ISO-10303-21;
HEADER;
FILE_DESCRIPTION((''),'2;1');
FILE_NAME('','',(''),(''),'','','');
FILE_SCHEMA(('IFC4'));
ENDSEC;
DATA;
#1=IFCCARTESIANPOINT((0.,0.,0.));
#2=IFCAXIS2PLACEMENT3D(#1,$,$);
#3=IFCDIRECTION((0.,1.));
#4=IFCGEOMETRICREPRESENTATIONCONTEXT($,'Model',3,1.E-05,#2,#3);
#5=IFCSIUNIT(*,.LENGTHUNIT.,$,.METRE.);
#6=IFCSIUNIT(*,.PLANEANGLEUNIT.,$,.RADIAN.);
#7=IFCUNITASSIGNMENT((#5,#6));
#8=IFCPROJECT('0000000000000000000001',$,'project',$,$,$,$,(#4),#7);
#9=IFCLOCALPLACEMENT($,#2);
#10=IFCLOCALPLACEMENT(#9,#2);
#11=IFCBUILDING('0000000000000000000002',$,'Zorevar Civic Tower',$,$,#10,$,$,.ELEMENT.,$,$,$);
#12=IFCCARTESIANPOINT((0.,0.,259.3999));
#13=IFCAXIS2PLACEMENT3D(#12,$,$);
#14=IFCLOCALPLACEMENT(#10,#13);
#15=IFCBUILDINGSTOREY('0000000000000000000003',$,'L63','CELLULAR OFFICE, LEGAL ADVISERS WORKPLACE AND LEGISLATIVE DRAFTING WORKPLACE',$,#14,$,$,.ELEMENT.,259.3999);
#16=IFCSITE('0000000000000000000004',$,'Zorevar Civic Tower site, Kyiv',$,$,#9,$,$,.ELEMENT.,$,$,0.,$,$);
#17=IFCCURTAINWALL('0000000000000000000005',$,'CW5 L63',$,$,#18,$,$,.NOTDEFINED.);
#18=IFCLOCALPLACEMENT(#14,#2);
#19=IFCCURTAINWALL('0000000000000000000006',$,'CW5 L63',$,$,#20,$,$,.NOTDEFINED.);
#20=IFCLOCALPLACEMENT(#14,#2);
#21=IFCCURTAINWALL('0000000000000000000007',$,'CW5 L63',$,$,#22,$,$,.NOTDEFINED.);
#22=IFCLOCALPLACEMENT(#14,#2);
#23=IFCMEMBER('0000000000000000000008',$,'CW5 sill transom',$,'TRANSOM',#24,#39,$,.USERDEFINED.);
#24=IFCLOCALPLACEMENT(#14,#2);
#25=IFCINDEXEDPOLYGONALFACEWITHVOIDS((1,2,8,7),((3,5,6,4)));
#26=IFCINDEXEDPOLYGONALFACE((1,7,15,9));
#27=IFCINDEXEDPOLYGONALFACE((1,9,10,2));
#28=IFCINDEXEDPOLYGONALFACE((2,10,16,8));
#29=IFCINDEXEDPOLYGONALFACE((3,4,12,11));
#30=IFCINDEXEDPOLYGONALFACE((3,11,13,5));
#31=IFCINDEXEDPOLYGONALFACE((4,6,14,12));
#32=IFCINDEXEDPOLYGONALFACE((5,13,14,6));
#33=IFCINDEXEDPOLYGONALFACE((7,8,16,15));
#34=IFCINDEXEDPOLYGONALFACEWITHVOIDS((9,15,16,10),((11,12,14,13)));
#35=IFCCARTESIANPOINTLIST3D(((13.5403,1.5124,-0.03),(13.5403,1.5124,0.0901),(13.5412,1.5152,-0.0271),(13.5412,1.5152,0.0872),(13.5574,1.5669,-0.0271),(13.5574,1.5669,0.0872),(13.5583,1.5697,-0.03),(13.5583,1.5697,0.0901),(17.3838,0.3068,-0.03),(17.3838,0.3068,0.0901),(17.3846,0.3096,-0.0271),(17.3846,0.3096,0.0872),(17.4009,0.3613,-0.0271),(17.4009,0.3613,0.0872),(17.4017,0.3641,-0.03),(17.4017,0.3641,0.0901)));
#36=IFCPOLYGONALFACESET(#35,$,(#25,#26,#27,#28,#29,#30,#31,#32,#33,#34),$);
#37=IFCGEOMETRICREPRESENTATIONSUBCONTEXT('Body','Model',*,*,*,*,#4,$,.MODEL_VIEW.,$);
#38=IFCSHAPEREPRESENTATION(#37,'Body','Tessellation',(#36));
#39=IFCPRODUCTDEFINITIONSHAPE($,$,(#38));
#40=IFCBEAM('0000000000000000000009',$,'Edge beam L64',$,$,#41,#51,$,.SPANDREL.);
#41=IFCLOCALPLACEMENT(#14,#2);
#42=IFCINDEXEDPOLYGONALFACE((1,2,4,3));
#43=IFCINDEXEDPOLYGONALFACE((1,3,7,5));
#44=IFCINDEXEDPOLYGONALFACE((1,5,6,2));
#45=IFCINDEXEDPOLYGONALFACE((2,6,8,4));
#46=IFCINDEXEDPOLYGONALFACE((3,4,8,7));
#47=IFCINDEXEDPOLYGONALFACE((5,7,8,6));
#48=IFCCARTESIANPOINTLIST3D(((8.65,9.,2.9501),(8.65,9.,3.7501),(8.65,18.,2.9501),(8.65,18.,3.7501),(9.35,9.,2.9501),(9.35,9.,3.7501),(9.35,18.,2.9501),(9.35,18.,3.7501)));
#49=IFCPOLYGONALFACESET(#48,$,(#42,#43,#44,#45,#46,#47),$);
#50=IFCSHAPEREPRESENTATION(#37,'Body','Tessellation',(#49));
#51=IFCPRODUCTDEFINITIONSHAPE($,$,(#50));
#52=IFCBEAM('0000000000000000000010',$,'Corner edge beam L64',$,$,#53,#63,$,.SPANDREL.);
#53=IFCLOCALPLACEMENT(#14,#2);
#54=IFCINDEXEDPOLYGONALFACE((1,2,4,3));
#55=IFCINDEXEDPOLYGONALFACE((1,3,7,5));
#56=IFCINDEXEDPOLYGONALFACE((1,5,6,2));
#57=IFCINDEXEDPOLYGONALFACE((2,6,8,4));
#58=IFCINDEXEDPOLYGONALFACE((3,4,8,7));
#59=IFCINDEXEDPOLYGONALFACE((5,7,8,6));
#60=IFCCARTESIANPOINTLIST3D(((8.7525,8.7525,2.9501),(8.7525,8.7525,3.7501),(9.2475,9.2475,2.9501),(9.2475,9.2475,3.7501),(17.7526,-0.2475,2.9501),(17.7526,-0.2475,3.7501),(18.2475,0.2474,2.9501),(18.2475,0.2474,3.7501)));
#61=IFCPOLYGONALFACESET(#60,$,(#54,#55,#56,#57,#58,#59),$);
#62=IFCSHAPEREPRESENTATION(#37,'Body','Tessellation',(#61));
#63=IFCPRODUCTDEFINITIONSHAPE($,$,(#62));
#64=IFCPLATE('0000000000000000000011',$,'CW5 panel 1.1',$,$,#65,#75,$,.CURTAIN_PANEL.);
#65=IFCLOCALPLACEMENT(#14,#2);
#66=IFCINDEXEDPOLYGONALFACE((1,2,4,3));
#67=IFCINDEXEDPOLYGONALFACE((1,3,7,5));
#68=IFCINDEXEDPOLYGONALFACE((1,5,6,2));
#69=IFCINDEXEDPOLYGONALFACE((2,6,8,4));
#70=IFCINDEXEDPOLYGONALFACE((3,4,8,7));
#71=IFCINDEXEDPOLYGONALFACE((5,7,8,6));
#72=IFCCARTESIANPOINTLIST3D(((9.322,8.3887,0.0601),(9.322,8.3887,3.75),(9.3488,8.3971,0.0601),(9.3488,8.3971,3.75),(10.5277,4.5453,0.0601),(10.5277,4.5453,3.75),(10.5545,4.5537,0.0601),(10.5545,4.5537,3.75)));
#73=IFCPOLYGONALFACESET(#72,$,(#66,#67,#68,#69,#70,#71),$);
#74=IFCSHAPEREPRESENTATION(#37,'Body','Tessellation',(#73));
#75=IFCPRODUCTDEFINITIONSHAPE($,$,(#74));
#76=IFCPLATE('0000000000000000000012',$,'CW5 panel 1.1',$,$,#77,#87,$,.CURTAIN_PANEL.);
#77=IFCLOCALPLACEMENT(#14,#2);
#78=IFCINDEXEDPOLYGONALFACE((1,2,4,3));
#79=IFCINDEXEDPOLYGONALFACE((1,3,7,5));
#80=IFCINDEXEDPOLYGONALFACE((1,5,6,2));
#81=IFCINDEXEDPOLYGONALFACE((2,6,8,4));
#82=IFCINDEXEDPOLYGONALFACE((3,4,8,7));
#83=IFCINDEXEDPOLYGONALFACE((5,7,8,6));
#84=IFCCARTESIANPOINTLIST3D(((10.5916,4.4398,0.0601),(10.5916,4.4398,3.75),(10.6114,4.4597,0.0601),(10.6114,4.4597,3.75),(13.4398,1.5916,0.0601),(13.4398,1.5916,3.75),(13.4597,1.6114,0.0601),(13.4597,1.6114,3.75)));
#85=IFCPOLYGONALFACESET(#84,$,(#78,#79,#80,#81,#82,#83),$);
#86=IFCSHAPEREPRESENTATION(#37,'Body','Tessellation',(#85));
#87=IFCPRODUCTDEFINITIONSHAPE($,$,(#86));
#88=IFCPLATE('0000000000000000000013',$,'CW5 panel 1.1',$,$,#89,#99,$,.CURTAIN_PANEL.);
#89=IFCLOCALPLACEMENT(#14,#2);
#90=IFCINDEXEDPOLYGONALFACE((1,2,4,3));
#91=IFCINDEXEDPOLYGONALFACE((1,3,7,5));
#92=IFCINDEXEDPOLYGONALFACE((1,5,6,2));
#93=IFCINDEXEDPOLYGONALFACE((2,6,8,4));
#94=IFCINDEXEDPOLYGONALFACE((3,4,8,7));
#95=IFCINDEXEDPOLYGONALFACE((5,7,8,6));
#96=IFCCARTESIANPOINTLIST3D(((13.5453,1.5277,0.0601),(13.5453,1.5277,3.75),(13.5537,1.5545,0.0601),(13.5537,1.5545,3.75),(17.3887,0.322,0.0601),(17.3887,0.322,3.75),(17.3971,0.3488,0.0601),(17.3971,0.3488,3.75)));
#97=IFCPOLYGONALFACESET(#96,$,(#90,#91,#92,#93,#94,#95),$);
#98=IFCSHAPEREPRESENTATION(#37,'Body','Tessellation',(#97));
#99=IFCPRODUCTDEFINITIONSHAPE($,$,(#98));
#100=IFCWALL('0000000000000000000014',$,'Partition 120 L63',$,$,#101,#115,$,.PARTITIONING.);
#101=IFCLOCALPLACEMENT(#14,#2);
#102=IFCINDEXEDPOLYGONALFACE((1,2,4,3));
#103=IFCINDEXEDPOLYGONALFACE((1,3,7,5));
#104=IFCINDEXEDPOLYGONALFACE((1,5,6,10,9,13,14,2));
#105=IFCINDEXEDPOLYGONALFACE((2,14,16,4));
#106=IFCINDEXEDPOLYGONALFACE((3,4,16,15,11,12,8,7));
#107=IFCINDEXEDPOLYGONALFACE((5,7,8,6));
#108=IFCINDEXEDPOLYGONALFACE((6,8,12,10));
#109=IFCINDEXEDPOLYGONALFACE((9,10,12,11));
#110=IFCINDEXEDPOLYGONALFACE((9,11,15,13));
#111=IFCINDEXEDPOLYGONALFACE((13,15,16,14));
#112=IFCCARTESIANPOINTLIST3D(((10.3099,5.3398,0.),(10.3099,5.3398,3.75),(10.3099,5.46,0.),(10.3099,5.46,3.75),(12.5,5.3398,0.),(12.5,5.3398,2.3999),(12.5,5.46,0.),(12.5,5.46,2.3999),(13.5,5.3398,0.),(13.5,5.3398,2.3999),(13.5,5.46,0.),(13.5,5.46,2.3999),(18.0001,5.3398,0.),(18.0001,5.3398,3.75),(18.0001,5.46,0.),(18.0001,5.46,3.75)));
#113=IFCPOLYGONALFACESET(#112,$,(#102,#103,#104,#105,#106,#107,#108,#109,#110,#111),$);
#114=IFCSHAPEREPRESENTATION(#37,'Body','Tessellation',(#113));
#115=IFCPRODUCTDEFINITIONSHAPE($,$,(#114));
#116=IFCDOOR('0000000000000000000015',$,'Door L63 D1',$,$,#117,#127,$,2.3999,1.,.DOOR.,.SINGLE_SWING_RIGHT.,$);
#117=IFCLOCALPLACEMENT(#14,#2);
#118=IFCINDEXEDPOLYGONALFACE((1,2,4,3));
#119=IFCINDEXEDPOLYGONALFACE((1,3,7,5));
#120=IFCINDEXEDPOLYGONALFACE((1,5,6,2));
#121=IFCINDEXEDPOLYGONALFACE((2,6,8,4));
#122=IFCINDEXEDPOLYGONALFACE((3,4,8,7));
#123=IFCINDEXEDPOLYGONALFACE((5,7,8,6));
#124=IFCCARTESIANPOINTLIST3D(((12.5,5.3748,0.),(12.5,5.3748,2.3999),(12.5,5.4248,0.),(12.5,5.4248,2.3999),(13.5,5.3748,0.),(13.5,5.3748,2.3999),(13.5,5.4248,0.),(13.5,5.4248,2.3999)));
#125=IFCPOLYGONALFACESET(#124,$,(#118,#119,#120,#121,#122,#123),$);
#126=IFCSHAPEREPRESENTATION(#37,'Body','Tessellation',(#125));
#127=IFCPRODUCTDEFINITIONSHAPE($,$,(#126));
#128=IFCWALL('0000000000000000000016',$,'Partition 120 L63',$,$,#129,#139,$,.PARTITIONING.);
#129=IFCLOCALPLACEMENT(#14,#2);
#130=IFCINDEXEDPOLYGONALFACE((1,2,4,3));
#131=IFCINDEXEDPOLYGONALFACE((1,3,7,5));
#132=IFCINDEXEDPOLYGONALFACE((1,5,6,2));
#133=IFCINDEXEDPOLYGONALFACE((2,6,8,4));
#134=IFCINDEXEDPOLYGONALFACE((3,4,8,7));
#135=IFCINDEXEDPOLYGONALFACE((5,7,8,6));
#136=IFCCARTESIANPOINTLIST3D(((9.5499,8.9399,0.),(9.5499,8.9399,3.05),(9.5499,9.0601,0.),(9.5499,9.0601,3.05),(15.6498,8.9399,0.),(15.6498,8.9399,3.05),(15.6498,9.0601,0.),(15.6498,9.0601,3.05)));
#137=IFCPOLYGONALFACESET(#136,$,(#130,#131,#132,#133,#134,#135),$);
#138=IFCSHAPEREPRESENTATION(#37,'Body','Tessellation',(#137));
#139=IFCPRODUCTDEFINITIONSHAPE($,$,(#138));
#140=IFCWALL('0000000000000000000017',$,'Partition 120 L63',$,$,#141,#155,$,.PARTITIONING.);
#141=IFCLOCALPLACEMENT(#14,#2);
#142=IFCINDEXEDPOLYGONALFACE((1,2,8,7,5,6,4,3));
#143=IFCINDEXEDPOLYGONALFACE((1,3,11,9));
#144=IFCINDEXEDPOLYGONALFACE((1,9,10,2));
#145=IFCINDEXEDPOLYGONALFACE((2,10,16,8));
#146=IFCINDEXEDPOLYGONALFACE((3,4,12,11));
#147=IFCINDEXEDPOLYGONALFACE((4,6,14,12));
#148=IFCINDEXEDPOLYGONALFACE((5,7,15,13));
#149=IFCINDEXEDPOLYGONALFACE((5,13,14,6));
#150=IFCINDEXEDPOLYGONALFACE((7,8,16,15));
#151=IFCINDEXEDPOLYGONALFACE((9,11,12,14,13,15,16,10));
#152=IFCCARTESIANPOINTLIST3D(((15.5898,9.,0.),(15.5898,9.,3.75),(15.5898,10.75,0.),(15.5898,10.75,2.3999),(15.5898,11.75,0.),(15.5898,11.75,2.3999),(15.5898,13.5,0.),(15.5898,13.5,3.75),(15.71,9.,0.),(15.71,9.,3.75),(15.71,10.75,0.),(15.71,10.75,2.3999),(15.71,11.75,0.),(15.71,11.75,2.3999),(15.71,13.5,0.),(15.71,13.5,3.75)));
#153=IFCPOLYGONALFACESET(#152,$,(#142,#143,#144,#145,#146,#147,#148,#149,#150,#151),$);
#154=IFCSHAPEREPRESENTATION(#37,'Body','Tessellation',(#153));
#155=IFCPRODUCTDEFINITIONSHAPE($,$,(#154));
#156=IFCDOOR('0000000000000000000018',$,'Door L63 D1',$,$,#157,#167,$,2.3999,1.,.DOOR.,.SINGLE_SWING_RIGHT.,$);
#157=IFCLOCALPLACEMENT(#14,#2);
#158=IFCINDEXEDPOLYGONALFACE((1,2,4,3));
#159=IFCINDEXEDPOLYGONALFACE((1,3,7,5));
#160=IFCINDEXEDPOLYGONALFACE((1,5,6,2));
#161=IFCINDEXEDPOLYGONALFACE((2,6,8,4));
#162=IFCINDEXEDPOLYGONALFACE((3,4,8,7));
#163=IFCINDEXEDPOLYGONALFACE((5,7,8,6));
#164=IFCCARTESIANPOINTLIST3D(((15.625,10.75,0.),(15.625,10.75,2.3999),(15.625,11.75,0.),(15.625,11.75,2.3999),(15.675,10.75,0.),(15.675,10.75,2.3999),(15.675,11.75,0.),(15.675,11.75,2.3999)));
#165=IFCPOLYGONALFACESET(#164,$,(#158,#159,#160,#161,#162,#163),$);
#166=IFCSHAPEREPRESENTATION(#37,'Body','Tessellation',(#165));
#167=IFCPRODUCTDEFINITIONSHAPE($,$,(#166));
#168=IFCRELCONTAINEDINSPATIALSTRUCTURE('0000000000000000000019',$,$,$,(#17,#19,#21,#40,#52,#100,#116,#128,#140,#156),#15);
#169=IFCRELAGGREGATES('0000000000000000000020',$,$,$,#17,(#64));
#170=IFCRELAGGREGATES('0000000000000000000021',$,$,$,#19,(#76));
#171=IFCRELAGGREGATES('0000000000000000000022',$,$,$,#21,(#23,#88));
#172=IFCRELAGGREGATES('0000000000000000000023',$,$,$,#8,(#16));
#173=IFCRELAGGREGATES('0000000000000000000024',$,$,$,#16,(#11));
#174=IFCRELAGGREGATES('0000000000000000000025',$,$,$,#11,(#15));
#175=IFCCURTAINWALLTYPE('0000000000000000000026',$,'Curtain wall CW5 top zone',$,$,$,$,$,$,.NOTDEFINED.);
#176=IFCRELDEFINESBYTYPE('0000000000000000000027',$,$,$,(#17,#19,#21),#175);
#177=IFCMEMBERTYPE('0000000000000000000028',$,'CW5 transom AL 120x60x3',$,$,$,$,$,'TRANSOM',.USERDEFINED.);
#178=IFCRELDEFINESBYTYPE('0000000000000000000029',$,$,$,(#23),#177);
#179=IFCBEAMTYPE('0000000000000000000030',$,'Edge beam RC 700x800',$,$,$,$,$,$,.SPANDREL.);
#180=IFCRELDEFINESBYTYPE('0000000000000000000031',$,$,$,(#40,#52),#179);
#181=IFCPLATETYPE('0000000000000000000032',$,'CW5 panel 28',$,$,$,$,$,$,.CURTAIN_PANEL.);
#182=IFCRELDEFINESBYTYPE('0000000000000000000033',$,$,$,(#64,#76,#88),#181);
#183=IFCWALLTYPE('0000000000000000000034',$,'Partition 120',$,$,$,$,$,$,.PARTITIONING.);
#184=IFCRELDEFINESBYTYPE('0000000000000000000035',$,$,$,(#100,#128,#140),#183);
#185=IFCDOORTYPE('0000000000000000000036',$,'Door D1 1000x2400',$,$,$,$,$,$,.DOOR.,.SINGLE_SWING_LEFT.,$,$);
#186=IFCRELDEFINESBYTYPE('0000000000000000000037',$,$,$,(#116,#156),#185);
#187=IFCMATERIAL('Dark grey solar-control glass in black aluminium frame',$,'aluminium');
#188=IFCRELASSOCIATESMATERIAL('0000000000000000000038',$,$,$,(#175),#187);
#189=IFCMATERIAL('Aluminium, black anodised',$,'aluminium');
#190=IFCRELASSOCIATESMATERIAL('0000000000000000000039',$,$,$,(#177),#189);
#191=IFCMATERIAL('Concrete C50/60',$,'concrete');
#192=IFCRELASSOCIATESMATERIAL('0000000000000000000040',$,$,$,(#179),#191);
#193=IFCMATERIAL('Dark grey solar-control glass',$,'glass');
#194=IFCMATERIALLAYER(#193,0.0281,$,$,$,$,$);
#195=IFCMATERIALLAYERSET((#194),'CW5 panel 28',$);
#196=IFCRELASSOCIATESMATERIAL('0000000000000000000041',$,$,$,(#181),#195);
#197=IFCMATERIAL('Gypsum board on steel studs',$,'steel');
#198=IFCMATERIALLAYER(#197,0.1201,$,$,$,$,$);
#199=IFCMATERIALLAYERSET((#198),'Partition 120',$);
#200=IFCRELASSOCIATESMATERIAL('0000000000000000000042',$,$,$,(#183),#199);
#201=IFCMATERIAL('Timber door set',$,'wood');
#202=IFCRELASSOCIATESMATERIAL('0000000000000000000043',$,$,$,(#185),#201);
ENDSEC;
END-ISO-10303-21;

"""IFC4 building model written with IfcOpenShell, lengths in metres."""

from ifc_helpers import new_model, si_unit, direction, frame, frame_2d, origin, origin_2d, place, context, subcontext, project, spatial, rectangle, hollow_rectangle, extrude, material, layer, layer_set, material_profile, profile_set, type_object, element, fill, aggregate, save


model = new_model("IFC4")

# Units and contexts
model_context = context("Model", 3, precision=1e-05, world=origin(), true_north=direction((0.0, 1.0)))
body_context = subcontext(model_context, "Body", "Model", "MODEL_VIEW")
ifc_project = project(units=[si_unit("LENGTHUNIT", "METRE"), si_unit("PLANEANGLEUNIT", "RADIAN")], contexts=[model_context])

# Site, building, storey
site_placement = place(None, origin())
site = spatial("IfcSite", under=ifc_project, at=site_placement, Name="Zorevar Civic Tower site, Kyiv", CompositionType="ELEMENT", RefElevation=0.0)
building_placement = place(site_placement, origin())
building = spatial("IfcBuilding", under=site, at=building_placement, Name="Zorevar Civic Tower", CompositionType="ELEMENT")
storey_placement = place(building_placement, frame((0.0, 0.0, 259.3999)))
storey = spatial("IfcBuildingStorey", under=building, at=storey_placement, Name="L63", Description="CELLULAR OFFICE, LEGAL ADVISERS WORKPLACE AND LEGISLATIVE DRAFTING WORKPLACE", CompositionType="ELEMENT", Elevation=259.3999)

# Shared definitions
ifc_material_1 = material(Name="Dark grey solar-control glass in black aluminium frame", Category="aluminium")
curtain_wall_type = type_object("IfcCurtainWallType", Name="Curtain wall CW5 top zone", PredefinedType="NOTDEFINED", material=ifc_material_1)

# Curtain walls
curtain_wall_1_placement = place(storey_placement, origin())
curtain_wall_1 = element("IfcCurtainWall", 1, at=curtain_wall_1_placement, inside=storey, type_object=curtain_wall_type, Name="CW5 L63", PredefinedType="NOTDEFINED")
curtain_wall_2_placement = place(storey_placement, origin())
curtain_wall_2 = element("IfcCurtainWall", 2, at=curtain_wall_2_placement, inside=storey, type_object=curtain_wall_type, Name="CW5 L63", PredefinedType="NOTDEFINED")

# Curtain wall
curtain_wall_3_placement = place(storey_placement, origin())
curtain_wall_3 = element("IfcCurtainWall", 3, at=curtain_wall_3_placement, inside=storey, type_object=curtain_wall_type, Name="CW5 L63", PredefinedType="NOTDEFINED")

# Member
ifc_material_2 = material(Name="Aluminium, black anodised", Category="aluminium")
ifc_material_profile_1 = material_profile(ifc_material_2, hollow_rectangle(XDim=0.0601, YDim=0.1201, WallThickness=0.0029, at=origin_2d()), Name="AL 120x60x3")
ifc_profile_set_1 = profile_set([ifc_material_profile_1], Name="Aluminium, black anodised")
member_type_1 = type_object("IfcMemberType", Name="CW5 transom AL 120x60x3", ElementType="TRANSOM", PredefinedType="USERDEFINED", material=ifc_profile_set_1)
member_1_placement = place(storey_placement, frame((13.5493, 1.541, 0.03), z_axis=(0.954163, -0.299286, 0.0), x_axis=(0.299286, 0.954163, 0.0)))
member_1 = element("IfcMember", 4, at=member_1_placement, type_object=member_type_1, Name="CW5 sill transom", ObjectType="TRANSOM", PredefinedType="USERDEFINED", context=body_context, shape_type="SweptSolid", body=[
    extrude(hollow_rectangle(XDim=0.0601, YDim=0.1201, WallThickness=0.0029, at=origin_2d()), origin(), (0.0, 0.0, 1.0), 4.0281),
])

# Beams
ifc_material_3 = material(Name="Concrete C50/60", Category="concrete")
ifc_material_profile_2 = material_profile(ifc_material_3, rectangle(XDim=0.7, YDim=0.8, at=origin_2d()), Name="RC 700x800")
ifc_profile_set_2 = profile_set([ifc_material_profile_2], Name="Concrete C50/60")
beam_type_1 = type_object("IfcBeamType", Name="Edge beam RC 700x800", PredefinedType="SPANDREL", material=ifc_profile_set_2)
beam_1_placement = place(storey_placement, frame((9.0, 9.0, 3.3501), z_axis=(0.0, 1.0, 0.0), x_axis=(-1.0, 0.0, 0.0)))
element("IfcBeam", 5, at=beam_1_placement, inside=storey, type_object=beam_type_1, Name="Edge beam L64", PredefinedType="SPANDREL", context=body_context, shape_type="SweptSolid", body=[
    extrude(rectangle(XDim=0.7, YDim=0.8, at=origin_2d()), origin(), (0.0, 0.0, 1.0), 9.0),
])
beam_2_placement = place(storey_placement, frame((9.0, 9.0, 3.3501), z_axis=(0.707107, -0.707107, 0.0), x_axis=(0.707107, 0.707107, 0.0)))
element("IfcBeam", 6, at=beam_2_placement, inside=storey, type_object=beam_type_1, Name="Corner edge beam L64", PredefinedType="SPANDREL", context=body_context, shape_type="SweptSolid", body=[
    extrude(rectangle(XDim=0.7, YDim=0.8, at=origin_2d()), origin(), (0.0, 0.0, 1.0), 12.728),
])

# Plates
ifc_material_4 = material(Name="Dark grey solar-control glass", Category="glass")
ifc_layer_1 = layer(ifc_material_4, 0.0281)
ifc_layer_set_1 = layer_set([ifc_layer_1], Name="CW5 panel 28")
plate_type = type_object("IfcPlateType", Name="CW5 panel 28", PredefinedType="CURTAIN_PANEL", material=ifc_layer_set_1)
plate_1_placement = place(storey_placement, frame((9.9382, 6.4712, 0.0601), z_axis=(0.0, 0.0, 1.0), x_axis=(0.299318, -0.954153, 0.0)))
plate_1 = element("IfcPlate", 7, at=plate_1_placement, type_object=plate_type, Name="CW5 panel 1.1", PredefinedType="CURTAIN_PANEL", context=body_context, shape_type="SweptSolid", body=[
    extrude(rectangle(XDim=4.0281, YDim=0.0281, at=origin_2d()), origin(), (0.0, 0.0, 1.0), 3.6899),
])
aggregate(curtain_wall_1, [plate_1])
plate_2_placement = place(storey_placement, frame((12.0256, 3.0256, 0.0601), z_axis=(0.0, 0.0, 1.0), x_axis=(0.707107, -0.707107, 0.0)))
plate_2 = element("IfcPlate", 8, at=plate_2_placement, type_object=plate_type, Name="CW5 panel 1.1", PredefinedType="CURTAIN_PANEL", context=body_context, shape_type="SweptSolid", body=[
    extrude(rectangle(XDim=4.0281, YDim=0.0281, at=origin_2d()), origin(), (0.0, 0.0, 1.0), 3.6899),
])
aggregate(curtain_wall_2, [plate_2])
plate_3_placement = place(storey_placement, frame((15.4712, 0.9382, 0.0601), z_axis=(0.0, 0.0, 1.0), x_axis=(0.954153, -0.299318, 0.0)))
plate_3 = element("IfcPlate", 9, at=plate_3_placement, type_object=plate_type, Name="CW5 panel 1.1", PredefinedType="CURTAIN_PANEL", context=body_context, shape_type="SweptSolid", body=[
    extrude(rectangle(XDim=4.0281, YDim=0.0281, at=origin_2d()), origin(), (0.0, 0.0, 1.0), 3.6899),
])
aggregate(curtain_wall_3, [member_1, plate_3])

# Wall, opening, door
ifc_material_5 = material(Name="Gypsum board on steel studs", Category="steel")
ifc_layer_2 = layer(ifc_material_5, 0.1201)
ifc_layer_set_2 = layer_set([ifc_layer_2], Name="Partition 120")
wall_type = type_object("IfcWallType", Name="Partition 120", PredefinedType="PARTITIONING", material=ifc_layer_set_2)
wall_1_placement = place(storey_placement, frame((10.3098, 5.3999, 0.0), z_axis=(0.0, 0.0, 1.0), x_axis=(1.0, 0.0, 0.0)))
wall_1 = element("IfcWall", 10, at=wall_1_placement, inside=storey, type_object=wall_type, Name="Partition 120 L63", PredefinedType="PARTITIONING", context=body_context, shape_type="SweptSolid", body=[
    extrude(rectangle(XDim=7.6902, YDim=0.1201, at=frame_2d((3.8452, 0.0))), origin(), (0.0, 0.0, 1.0), 3.75),
])
opening_1_placement = place(wall_1_placement, frame((2.1902, 0.0, 0.0)))
opening_1 = element("IfcOpeningElement", 11, at=opening_1_placement, cuts=wall_1, PredefinedType="OPENING", context=body_context, shape_type="SweptSolid", body=[
    extrude(rectangle(XDim=1.0, YDim=2.3999, at=frame_2d((0.5, 1.2))), frame((0.0, 0.0701, 0.0), z_axis=(0.0, -1.0, 0.0), x_axis=(1.0, 0.0, 0.0)), (0.0, 0.0, 1.0), 0.1401),
])
ifc_material_6 = material(Name="Timber door set", Category="wood")
door_type = type_object("IfcDoorType", Name="Door D1 1000x2400", OperationType="SINGLE_SWING_LEFT", PredefinedType="DOOR", material=ifc_material_6)
door_1_placement = place(opening_1_placement, origin())
door_1 = element("IfcDoor", 12, at=door_1_placement, inside=storey, type_object=door_type, Name="Door L63 D1", OperationType="SINGLE_SWING_RIGHT", OverallHeight=2.3999, OverallWidth=1.0, PredefinedType="DOOR", context=body_context, shape_type="SweptSolid", body=[
    extrude(rectangle(XDim=1.0, YDim=2.3999, at=frame_2d((0.5, 1.2))), frame((0.0, 0.0249, 0.0), z_axis=(0.0, -1.0, 0.0), x_axis=(1.0, 0.0, 0.0)), (0.0, 0.0, 1.0), 0.05),
])
fill(opening_1, door_1)

# Wall
wall_2_placement = place(storey_placement, frame((9.55, 9.0, 0.0), z_axis=(0.0, 0.0, 1.0), x_axis=(1.0, 0.0, 0.0)))
element("IfcWall", 13, at=wall_2_placement, inside=storey, type_object=wall_type, Name="Partition 120 L63", PredefinedType="PARTITIONING", context=body_context, shape_type="SweptSolid", body=[
    extrude(rectangle(XDim=6.0999, YDim=0.1201, at=frame_2d((3.0498, 0.0))), origin(), (0.0, 0.0, 1.0), 3.05),
])

# Wall, opening, door
wall_3_placement = place(storey_placement, frame((15.6499, 9.0, 0.0), z_axis=(0.0, 0.0, 1.0), x_axis=(0.0, 1.0, 0.0)))
wall_3 = element("IfcWall", 14, at=wall_3_placement, inside=storey, type_object=wall_type, Name="Partition 120 L63", PredefinedType="PARTITIONING", context=body_context, shape_type="SweptSolid", body=[
    extrude(rectangle(XDim=4.5, YDim=0.1201, at=frame_2d((2.25, 0.0))), origin(), (0.0, 0.0, 1.0), 3.75),
])
opening_2_placement = place(wall_3_placement, frame((1.75, 0.0, 0.0)))
opening_2 = element("IfcOpeningElement", 15, at=opening_2_placement, cuts=wall_3, PredefinedType="OPENING", context=body_context, shape_type="SweptSolid", body=[
    extrude(rectangle(XDim=1.0, YDim=2.3999, at=frame_2d((0.5, 1.2))), frame((0.0, 0.0701, 0.0), z_axis=(0.0, -1.0, 0.0), x_axis=(1.0, 0.0, 0.0)), (0.0, 0.0, 1.0), 0.1401),
])
door_2_placement = place(opening_2_placement, origin())
door_2 = element("IfcDoor", 16, at=door_2_placement, inside=storey, type_object=door_type, Name="Door L63 D1", OperationType="SINGLE_SWING_RIGHT", OverallHeight=2.3999, OverallWidth=1.0, PredefinedType="DOOR", context=body_context, shape_type="SweptSolid", body=[
    extrude(rectangle(XDim=1.0, YDim=2.3999, at=frame_2d((0.5, 1.2))), frame((0.0, 0.0249, 0.0), z_axis=(0.0, -1.0, 0.0), x_axis=(1.0, 0.0, 0.0)), (0.0, 0.0, 1.0), 0.05),
])
fill(opening_2, door_2)

save(model, "model.ifc")
